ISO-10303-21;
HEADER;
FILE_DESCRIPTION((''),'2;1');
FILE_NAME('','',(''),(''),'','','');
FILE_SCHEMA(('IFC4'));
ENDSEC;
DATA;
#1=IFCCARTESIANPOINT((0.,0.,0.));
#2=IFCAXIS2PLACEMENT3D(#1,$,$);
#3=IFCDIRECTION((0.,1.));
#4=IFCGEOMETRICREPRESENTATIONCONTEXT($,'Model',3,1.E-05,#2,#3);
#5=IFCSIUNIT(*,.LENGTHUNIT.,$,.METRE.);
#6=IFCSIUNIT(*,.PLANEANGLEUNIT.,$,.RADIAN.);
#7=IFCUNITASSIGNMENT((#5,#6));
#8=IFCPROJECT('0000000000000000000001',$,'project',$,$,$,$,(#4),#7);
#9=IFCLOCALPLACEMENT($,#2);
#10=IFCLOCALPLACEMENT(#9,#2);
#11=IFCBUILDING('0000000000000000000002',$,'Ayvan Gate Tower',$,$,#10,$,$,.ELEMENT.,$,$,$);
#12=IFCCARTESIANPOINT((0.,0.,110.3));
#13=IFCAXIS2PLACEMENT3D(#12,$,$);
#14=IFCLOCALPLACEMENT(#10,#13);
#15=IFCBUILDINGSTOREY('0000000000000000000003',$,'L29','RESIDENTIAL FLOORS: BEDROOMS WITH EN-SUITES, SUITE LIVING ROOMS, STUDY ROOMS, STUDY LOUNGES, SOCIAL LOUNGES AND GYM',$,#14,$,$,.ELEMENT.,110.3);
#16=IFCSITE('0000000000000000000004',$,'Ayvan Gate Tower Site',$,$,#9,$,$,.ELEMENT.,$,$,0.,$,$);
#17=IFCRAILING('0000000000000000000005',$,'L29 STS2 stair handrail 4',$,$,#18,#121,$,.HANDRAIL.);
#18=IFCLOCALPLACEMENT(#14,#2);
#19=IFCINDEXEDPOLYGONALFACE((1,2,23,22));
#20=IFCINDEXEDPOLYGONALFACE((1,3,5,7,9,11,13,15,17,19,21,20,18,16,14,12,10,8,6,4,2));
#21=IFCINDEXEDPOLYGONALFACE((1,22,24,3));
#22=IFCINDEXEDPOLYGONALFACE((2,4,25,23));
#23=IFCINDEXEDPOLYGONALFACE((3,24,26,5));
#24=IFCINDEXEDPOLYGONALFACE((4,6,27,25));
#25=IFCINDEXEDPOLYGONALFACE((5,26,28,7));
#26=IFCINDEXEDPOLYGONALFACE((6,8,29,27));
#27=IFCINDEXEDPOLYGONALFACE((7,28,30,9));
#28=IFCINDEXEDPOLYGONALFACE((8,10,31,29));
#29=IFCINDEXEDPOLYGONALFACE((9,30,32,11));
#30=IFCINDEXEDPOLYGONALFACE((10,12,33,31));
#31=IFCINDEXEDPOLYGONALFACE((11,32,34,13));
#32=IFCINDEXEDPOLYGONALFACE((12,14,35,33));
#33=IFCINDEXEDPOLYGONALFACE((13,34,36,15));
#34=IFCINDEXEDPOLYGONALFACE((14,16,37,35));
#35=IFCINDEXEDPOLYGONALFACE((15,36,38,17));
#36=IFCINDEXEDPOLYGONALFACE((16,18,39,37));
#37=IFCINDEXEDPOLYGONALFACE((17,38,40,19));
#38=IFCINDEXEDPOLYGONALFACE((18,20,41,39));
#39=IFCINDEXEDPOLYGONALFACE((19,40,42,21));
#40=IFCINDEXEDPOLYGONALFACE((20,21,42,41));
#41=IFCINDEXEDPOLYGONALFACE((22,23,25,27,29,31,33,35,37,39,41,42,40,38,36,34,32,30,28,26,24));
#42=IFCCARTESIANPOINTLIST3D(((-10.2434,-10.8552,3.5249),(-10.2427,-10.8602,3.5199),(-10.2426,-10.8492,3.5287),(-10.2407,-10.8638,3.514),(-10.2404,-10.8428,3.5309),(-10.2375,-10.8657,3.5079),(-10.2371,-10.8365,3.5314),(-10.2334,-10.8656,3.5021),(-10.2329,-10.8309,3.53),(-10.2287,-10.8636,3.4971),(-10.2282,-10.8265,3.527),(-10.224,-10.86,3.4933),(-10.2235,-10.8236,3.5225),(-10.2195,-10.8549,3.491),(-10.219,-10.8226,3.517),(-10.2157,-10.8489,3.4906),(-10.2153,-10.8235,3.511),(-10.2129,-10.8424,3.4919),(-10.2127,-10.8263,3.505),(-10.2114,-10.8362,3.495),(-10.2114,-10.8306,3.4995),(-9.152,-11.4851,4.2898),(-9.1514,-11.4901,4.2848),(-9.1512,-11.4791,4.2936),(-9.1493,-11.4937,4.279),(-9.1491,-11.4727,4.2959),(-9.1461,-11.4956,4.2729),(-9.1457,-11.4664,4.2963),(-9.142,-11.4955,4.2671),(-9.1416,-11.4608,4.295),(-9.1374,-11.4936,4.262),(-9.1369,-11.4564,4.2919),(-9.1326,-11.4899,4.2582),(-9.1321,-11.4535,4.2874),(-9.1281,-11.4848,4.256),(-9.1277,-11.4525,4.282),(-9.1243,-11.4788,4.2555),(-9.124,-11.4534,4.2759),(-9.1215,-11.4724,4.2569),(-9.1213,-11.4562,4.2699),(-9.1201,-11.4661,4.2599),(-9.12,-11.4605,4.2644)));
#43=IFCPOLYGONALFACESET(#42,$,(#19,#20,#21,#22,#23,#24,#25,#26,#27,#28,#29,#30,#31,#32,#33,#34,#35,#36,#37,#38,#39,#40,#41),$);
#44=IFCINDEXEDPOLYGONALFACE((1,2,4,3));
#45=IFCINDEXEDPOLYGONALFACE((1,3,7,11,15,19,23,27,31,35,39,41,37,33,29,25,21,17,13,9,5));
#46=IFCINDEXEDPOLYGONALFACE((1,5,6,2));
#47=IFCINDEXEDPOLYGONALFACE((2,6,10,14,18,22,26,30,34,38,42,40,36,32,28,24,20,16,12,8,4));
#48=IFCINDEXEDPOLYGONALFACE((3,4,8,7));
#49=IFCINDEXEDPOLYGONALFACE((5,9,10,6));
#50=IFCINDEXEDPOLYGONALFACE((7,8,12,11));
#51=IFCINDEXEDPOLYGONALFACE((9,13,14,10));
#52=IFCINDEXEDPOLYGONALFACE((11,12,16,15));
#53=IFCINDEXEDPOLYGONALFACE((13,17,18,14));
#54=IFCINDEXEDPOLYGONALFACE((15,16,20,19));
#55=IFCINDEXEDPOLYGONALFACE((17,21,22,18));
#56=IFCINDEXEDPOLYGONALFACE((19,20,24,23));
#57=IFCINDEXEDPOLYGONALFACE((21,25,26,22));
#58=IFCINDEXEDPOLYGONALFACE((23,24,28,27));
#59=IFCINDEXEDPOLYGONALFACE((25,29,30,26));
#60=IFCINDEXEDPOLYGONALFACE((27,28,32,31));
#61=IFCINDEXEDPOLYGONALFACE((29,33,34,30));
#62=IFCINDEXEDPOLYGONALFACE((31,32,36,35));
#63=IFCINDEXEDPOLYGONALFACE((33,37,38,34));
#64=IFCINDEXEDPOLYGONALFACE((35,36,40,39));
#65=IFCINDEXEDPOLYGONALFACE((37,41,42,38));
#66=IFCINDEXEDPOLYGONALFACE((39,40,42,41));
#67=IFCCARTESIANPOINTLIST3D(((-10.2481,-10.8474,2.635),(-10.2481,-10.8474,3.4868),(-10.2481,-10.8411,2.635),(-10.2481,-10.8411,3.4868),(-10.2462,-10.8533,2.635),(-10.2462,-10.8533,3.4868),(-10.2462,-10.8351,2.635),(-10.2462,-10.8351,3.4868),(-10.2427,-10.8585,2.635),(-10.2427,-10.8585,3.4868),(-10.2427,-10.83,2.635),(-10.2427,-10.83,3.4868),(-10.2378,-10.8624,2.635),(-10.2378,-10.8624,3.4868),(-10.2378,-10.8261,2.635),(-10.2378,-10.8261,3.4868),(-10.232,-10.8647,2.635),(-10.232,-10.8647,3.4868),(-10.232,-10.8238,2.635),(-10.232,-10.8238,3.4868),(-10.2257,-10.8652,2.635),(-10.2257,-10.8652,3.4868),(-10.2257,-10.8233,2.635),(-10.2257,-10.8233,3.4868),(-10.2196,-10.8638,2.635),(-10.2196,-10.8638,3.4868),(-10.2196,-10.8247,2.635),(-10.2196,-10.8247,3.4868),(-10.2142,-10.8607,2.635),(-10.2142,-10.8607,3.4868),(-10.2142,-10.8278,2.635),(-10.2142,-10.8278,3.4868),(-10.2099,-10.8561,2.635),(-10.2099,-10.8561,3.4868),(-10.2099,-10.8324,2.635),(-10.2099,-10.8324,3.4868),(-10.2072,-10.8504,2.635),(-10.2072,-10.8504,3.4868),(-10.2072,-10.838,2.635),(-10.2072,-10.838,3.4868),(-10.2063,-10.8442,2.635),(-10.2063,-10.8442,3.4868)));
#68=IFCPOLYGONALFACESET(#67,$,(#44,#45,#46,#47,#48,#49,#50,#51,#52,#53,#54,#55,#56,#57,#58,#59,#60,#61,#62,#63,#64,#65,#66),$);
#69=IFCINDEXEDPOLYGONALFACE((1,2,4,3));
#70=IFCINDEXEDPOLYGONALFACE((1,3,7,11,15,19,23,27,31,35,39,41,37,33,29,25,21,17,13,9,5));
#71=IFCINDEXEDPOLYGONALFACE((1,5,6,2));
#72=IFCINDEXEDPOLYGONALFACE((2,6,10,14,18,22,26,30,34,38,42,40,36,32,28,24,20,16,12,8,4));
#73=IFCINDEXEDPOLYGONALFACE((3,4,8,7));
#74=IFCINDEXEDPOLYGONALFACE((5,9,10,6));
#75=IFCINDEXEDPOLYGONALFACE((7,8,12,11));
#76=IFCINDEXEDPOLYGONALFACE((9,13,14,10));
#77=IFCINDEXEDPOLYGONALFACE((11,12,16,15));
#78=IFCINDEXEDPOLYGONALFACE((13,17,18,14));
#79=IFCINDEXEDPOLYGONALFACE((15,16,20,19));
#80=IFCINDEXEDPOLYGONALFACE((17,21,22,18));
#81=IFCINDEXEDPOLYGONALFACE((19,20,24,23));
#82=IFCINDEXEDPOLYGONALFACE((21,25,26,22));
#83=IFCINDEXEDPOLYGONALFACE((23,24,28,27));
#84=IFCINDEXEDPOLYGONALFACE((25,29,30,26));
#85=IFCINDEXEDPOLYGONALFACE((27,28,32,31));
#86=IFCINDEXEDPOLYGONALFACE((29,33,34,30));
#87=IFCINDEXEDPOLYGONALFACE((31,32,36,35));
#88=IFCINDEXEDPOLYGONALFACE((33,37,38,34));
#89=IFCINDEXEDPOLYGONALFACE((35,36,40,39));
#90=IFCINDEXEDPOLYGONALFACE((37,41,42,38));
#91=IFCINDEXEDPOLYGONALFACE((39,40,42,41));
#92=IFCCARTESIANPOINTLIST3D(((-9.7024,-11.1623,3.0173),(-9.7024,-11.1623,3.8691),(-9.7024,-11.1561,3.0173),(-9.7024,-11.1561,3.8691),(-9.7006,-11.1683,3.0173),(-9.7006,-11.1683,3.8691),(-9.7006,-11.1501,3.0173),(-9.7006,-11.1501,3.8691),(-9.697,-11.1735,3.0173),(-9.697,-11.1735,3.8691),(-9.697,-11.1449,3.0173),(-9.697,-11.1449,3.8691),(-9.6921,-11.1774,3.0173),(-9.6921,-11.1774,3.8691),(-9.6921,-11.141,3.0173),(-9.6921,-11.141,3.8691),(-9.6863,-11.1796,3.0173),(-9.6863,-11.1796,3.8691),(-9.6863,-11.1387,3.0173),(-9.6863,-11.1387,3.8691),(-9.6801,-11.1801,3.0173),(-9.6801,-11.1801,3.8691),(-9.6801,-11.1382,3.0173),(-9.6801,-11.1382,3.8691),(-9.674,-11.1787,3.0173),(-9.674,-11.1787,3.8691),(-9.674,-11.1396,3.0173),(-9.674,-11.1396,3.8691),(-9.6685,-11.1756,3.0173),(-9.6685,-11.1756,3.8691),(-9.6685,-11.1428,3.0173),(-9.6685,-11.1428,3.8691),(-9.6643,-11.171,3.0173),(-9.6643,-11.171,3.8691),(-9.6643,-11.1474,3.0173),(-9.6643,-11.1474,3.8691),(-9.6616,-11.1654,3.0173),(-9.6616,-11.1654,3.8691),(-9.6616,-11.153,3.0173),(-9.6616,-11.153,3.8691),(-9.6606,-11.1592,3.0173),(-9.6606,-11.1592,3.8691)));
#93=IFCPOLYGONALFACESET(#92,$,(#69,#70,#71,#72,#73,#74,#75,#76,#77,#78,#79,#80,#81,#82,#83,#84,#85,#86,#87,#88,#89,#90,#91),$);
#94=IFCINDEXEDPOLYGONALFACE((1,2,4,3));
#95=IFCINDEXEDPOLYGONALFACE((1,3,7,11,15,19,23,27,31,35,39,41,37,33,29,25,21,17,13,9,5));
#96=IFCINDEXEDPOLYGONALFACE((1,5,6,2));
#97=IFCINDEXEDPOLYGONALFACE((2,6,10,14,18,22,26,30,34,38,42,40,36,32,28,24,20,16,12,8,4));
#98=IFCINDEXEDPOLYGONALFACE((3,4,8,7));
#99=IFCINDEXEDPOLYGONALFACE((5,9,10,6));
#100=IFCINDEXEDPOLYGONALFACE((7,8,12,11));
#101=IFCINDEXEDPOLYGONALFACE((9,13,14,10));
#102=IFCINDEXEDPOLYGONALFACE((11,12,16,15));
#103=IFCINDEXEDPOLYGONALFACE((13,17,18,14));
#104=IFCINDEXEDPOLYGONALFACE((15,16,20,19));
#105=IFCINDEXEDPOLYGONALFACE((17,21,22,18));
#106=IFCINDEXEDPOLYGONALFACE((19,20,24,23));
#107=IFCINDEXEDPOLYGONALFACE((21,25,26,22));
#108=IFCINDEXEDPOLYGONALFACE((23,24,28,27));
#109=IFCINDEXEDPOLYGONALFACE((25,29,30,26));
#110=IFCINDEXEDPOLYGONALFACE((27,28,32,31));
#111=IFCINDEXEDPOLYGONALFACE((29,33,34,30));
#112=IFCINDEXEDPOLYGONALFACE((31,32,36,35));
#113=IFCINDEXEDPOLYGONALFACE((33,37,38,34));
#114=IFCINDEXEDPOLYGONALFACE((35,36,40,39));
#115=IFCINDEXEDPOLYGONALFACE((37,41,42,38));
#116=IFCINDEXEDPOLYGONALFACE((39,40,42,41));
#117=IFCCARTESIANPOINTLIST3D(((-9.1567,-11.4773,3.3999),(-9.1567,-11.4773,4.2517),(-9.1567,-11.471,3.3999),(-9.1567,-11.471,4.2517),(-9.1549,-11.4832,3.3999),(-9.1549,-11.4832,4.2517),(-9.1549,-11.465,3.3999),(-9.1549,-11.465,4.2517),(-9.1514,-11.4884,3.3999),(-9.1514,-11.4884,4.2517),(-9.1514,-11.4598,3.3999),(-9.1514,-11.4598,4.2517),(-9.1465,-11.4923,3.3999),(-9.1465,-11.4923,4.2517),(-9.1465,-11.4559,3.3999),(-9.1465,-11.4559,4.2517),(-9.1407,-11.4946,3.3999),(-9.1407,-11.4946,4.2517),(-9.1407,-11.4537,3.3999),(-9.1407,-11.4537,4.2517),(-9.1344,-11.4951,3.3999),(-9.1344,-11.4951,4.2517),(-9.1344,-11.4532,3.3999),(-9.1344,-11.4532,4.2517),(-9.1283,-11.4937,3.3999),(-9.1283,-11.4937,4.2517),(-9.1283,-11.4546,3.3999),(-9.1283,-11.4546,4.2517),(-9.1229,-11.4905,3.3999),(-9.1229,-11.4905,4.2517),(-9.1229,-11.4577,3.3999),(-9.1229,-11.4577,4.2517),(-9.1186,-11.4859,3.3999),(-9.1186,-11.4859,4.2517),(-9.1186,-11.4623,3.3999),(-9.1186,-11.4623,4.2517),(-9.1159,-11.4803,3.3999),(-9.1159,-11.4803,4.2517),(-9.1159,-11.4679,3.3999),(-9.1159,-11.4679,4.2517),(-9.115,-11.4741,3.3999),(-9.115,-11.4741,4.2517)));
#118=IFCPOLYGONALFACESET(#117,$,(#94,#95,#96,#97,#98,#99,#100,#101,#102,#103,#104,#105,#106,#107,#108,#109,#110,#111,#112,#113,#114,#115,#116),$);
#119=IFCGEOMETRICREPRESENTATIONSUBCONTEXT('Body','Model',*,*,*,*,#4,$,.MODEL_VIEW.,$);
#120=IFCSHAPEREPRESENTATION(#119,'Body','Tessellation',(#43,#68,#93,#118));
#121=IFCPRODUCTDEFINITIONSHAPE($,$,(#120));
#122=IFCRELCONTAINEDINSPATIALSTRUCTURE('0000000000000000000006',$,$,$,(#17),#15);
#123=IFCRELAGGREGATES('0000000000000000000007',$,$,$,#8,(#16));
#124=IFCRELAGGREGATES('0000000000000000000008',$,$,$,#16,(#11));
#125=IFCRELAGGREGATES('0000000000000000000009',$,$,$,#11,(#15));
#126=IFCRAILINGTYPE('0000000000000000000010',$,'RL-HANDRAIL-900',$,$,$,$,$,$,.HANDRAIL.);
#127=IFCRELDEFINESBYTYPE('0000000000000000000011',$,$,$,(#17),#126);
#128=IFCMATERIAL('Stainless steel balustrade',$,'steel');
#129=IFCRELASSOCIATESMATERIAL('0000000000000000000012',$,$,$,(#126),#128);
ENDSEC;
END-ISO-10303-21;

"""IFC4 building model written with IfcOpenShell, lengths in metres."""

from ifc_helpers import new_model, si_unit, direction, frame, origin, origin_2d, place, context, subcontext, project, spatial, circle, extrude, material, type_object, element, save


model = new_model("IFC4")

# Units and contexts
model_context = context("Model", 3, precision=1e-05, world=origin(), true_north=direction((0.0, 1.0)))
body_context = subcontext(model_context, "Body", "Model", "MODEL_VIEW")
ifc_project = project(units=[si_unit("LENGTHUNIT", "METRE"), si_unit("PLANEANGLEUNIT", "RADIAN")], contexts=[model_context])

# Site, building, storey
site_placement = place(None, origin())
site = spatial("IfcSite", under=ifc_project, at=site_placement, Name="Ayvan Gate Tower Site", CompositionType="ELEMENT", RefElevation=0.0)
building_placement = place(site_placement, origin())
building = spatial("IfcBuilding", under=site, at=building_placement, Name="Ayvan Gate Tower", CompositionType="ELEMENT")
storey_placement = place(building_placement, frame((0.0, 0.0, 110.3)))
storey = spatial("IfcBuildingStorey", under=building, at=storey_placement, Name="L29", Description="RESIDENTIAL FLOORS: BEDROOMS WITH EN-SUITES, SUITE LIVING ROOMS, STUDY ROOMS, STUDY LOUNGES, SOCIAL LOUNGES AND GYM", CompositionType="ELEMENT", Elevation=110.3)

# Railing
ifc_material_1 = material(Name="Stainless steel balustrade", Category="steel")
railing_type_1 = type_object("IfcRailingType", Name="RL-HANDRAIL-900", PredefinedType="HANDRAIL", material=ifc_material_1)
railing_1_placement = place(storey_placement, frame((-10.2273, -10.8442, 2.635)))
element("IfcRailing", 1, at=railing_1_placement, inside=storey, type_object=railing_type_1, Name="L29 STS2 stair handrail 4", PredefinedType="HANDRAIL", context=body_context, shape_type="SweptSolid", body=[
    extrude(circle(Radius=0.0239, at=origin_2d()), frame((0.0, 0.0, 0.876), z_axis=(0.740357, -0.42732, 0.518912), x_axis=(0.49989, 0.866089, 0.0)), (0.0, 0.0, 1.0), 1.4741),
    extrude(circle(Radius=0.021, at=origin_2d()), origin(), (0.0, 0.0, 1.0), 0.8518),
    extrude(circle(Radius=0.021, at=origin_2d()), frame((0.5457, -0.3149, 0.3823)), (0.0, 0.0, 1.0), 0.8518),
    extrude(circle(Radius=0.021, at=origin_2d()), frame((1.0913, -0.6299, 0.7649)), (0.0, 0.0, 1.0), 0.8518),
])

save(model, "model.ifc")
